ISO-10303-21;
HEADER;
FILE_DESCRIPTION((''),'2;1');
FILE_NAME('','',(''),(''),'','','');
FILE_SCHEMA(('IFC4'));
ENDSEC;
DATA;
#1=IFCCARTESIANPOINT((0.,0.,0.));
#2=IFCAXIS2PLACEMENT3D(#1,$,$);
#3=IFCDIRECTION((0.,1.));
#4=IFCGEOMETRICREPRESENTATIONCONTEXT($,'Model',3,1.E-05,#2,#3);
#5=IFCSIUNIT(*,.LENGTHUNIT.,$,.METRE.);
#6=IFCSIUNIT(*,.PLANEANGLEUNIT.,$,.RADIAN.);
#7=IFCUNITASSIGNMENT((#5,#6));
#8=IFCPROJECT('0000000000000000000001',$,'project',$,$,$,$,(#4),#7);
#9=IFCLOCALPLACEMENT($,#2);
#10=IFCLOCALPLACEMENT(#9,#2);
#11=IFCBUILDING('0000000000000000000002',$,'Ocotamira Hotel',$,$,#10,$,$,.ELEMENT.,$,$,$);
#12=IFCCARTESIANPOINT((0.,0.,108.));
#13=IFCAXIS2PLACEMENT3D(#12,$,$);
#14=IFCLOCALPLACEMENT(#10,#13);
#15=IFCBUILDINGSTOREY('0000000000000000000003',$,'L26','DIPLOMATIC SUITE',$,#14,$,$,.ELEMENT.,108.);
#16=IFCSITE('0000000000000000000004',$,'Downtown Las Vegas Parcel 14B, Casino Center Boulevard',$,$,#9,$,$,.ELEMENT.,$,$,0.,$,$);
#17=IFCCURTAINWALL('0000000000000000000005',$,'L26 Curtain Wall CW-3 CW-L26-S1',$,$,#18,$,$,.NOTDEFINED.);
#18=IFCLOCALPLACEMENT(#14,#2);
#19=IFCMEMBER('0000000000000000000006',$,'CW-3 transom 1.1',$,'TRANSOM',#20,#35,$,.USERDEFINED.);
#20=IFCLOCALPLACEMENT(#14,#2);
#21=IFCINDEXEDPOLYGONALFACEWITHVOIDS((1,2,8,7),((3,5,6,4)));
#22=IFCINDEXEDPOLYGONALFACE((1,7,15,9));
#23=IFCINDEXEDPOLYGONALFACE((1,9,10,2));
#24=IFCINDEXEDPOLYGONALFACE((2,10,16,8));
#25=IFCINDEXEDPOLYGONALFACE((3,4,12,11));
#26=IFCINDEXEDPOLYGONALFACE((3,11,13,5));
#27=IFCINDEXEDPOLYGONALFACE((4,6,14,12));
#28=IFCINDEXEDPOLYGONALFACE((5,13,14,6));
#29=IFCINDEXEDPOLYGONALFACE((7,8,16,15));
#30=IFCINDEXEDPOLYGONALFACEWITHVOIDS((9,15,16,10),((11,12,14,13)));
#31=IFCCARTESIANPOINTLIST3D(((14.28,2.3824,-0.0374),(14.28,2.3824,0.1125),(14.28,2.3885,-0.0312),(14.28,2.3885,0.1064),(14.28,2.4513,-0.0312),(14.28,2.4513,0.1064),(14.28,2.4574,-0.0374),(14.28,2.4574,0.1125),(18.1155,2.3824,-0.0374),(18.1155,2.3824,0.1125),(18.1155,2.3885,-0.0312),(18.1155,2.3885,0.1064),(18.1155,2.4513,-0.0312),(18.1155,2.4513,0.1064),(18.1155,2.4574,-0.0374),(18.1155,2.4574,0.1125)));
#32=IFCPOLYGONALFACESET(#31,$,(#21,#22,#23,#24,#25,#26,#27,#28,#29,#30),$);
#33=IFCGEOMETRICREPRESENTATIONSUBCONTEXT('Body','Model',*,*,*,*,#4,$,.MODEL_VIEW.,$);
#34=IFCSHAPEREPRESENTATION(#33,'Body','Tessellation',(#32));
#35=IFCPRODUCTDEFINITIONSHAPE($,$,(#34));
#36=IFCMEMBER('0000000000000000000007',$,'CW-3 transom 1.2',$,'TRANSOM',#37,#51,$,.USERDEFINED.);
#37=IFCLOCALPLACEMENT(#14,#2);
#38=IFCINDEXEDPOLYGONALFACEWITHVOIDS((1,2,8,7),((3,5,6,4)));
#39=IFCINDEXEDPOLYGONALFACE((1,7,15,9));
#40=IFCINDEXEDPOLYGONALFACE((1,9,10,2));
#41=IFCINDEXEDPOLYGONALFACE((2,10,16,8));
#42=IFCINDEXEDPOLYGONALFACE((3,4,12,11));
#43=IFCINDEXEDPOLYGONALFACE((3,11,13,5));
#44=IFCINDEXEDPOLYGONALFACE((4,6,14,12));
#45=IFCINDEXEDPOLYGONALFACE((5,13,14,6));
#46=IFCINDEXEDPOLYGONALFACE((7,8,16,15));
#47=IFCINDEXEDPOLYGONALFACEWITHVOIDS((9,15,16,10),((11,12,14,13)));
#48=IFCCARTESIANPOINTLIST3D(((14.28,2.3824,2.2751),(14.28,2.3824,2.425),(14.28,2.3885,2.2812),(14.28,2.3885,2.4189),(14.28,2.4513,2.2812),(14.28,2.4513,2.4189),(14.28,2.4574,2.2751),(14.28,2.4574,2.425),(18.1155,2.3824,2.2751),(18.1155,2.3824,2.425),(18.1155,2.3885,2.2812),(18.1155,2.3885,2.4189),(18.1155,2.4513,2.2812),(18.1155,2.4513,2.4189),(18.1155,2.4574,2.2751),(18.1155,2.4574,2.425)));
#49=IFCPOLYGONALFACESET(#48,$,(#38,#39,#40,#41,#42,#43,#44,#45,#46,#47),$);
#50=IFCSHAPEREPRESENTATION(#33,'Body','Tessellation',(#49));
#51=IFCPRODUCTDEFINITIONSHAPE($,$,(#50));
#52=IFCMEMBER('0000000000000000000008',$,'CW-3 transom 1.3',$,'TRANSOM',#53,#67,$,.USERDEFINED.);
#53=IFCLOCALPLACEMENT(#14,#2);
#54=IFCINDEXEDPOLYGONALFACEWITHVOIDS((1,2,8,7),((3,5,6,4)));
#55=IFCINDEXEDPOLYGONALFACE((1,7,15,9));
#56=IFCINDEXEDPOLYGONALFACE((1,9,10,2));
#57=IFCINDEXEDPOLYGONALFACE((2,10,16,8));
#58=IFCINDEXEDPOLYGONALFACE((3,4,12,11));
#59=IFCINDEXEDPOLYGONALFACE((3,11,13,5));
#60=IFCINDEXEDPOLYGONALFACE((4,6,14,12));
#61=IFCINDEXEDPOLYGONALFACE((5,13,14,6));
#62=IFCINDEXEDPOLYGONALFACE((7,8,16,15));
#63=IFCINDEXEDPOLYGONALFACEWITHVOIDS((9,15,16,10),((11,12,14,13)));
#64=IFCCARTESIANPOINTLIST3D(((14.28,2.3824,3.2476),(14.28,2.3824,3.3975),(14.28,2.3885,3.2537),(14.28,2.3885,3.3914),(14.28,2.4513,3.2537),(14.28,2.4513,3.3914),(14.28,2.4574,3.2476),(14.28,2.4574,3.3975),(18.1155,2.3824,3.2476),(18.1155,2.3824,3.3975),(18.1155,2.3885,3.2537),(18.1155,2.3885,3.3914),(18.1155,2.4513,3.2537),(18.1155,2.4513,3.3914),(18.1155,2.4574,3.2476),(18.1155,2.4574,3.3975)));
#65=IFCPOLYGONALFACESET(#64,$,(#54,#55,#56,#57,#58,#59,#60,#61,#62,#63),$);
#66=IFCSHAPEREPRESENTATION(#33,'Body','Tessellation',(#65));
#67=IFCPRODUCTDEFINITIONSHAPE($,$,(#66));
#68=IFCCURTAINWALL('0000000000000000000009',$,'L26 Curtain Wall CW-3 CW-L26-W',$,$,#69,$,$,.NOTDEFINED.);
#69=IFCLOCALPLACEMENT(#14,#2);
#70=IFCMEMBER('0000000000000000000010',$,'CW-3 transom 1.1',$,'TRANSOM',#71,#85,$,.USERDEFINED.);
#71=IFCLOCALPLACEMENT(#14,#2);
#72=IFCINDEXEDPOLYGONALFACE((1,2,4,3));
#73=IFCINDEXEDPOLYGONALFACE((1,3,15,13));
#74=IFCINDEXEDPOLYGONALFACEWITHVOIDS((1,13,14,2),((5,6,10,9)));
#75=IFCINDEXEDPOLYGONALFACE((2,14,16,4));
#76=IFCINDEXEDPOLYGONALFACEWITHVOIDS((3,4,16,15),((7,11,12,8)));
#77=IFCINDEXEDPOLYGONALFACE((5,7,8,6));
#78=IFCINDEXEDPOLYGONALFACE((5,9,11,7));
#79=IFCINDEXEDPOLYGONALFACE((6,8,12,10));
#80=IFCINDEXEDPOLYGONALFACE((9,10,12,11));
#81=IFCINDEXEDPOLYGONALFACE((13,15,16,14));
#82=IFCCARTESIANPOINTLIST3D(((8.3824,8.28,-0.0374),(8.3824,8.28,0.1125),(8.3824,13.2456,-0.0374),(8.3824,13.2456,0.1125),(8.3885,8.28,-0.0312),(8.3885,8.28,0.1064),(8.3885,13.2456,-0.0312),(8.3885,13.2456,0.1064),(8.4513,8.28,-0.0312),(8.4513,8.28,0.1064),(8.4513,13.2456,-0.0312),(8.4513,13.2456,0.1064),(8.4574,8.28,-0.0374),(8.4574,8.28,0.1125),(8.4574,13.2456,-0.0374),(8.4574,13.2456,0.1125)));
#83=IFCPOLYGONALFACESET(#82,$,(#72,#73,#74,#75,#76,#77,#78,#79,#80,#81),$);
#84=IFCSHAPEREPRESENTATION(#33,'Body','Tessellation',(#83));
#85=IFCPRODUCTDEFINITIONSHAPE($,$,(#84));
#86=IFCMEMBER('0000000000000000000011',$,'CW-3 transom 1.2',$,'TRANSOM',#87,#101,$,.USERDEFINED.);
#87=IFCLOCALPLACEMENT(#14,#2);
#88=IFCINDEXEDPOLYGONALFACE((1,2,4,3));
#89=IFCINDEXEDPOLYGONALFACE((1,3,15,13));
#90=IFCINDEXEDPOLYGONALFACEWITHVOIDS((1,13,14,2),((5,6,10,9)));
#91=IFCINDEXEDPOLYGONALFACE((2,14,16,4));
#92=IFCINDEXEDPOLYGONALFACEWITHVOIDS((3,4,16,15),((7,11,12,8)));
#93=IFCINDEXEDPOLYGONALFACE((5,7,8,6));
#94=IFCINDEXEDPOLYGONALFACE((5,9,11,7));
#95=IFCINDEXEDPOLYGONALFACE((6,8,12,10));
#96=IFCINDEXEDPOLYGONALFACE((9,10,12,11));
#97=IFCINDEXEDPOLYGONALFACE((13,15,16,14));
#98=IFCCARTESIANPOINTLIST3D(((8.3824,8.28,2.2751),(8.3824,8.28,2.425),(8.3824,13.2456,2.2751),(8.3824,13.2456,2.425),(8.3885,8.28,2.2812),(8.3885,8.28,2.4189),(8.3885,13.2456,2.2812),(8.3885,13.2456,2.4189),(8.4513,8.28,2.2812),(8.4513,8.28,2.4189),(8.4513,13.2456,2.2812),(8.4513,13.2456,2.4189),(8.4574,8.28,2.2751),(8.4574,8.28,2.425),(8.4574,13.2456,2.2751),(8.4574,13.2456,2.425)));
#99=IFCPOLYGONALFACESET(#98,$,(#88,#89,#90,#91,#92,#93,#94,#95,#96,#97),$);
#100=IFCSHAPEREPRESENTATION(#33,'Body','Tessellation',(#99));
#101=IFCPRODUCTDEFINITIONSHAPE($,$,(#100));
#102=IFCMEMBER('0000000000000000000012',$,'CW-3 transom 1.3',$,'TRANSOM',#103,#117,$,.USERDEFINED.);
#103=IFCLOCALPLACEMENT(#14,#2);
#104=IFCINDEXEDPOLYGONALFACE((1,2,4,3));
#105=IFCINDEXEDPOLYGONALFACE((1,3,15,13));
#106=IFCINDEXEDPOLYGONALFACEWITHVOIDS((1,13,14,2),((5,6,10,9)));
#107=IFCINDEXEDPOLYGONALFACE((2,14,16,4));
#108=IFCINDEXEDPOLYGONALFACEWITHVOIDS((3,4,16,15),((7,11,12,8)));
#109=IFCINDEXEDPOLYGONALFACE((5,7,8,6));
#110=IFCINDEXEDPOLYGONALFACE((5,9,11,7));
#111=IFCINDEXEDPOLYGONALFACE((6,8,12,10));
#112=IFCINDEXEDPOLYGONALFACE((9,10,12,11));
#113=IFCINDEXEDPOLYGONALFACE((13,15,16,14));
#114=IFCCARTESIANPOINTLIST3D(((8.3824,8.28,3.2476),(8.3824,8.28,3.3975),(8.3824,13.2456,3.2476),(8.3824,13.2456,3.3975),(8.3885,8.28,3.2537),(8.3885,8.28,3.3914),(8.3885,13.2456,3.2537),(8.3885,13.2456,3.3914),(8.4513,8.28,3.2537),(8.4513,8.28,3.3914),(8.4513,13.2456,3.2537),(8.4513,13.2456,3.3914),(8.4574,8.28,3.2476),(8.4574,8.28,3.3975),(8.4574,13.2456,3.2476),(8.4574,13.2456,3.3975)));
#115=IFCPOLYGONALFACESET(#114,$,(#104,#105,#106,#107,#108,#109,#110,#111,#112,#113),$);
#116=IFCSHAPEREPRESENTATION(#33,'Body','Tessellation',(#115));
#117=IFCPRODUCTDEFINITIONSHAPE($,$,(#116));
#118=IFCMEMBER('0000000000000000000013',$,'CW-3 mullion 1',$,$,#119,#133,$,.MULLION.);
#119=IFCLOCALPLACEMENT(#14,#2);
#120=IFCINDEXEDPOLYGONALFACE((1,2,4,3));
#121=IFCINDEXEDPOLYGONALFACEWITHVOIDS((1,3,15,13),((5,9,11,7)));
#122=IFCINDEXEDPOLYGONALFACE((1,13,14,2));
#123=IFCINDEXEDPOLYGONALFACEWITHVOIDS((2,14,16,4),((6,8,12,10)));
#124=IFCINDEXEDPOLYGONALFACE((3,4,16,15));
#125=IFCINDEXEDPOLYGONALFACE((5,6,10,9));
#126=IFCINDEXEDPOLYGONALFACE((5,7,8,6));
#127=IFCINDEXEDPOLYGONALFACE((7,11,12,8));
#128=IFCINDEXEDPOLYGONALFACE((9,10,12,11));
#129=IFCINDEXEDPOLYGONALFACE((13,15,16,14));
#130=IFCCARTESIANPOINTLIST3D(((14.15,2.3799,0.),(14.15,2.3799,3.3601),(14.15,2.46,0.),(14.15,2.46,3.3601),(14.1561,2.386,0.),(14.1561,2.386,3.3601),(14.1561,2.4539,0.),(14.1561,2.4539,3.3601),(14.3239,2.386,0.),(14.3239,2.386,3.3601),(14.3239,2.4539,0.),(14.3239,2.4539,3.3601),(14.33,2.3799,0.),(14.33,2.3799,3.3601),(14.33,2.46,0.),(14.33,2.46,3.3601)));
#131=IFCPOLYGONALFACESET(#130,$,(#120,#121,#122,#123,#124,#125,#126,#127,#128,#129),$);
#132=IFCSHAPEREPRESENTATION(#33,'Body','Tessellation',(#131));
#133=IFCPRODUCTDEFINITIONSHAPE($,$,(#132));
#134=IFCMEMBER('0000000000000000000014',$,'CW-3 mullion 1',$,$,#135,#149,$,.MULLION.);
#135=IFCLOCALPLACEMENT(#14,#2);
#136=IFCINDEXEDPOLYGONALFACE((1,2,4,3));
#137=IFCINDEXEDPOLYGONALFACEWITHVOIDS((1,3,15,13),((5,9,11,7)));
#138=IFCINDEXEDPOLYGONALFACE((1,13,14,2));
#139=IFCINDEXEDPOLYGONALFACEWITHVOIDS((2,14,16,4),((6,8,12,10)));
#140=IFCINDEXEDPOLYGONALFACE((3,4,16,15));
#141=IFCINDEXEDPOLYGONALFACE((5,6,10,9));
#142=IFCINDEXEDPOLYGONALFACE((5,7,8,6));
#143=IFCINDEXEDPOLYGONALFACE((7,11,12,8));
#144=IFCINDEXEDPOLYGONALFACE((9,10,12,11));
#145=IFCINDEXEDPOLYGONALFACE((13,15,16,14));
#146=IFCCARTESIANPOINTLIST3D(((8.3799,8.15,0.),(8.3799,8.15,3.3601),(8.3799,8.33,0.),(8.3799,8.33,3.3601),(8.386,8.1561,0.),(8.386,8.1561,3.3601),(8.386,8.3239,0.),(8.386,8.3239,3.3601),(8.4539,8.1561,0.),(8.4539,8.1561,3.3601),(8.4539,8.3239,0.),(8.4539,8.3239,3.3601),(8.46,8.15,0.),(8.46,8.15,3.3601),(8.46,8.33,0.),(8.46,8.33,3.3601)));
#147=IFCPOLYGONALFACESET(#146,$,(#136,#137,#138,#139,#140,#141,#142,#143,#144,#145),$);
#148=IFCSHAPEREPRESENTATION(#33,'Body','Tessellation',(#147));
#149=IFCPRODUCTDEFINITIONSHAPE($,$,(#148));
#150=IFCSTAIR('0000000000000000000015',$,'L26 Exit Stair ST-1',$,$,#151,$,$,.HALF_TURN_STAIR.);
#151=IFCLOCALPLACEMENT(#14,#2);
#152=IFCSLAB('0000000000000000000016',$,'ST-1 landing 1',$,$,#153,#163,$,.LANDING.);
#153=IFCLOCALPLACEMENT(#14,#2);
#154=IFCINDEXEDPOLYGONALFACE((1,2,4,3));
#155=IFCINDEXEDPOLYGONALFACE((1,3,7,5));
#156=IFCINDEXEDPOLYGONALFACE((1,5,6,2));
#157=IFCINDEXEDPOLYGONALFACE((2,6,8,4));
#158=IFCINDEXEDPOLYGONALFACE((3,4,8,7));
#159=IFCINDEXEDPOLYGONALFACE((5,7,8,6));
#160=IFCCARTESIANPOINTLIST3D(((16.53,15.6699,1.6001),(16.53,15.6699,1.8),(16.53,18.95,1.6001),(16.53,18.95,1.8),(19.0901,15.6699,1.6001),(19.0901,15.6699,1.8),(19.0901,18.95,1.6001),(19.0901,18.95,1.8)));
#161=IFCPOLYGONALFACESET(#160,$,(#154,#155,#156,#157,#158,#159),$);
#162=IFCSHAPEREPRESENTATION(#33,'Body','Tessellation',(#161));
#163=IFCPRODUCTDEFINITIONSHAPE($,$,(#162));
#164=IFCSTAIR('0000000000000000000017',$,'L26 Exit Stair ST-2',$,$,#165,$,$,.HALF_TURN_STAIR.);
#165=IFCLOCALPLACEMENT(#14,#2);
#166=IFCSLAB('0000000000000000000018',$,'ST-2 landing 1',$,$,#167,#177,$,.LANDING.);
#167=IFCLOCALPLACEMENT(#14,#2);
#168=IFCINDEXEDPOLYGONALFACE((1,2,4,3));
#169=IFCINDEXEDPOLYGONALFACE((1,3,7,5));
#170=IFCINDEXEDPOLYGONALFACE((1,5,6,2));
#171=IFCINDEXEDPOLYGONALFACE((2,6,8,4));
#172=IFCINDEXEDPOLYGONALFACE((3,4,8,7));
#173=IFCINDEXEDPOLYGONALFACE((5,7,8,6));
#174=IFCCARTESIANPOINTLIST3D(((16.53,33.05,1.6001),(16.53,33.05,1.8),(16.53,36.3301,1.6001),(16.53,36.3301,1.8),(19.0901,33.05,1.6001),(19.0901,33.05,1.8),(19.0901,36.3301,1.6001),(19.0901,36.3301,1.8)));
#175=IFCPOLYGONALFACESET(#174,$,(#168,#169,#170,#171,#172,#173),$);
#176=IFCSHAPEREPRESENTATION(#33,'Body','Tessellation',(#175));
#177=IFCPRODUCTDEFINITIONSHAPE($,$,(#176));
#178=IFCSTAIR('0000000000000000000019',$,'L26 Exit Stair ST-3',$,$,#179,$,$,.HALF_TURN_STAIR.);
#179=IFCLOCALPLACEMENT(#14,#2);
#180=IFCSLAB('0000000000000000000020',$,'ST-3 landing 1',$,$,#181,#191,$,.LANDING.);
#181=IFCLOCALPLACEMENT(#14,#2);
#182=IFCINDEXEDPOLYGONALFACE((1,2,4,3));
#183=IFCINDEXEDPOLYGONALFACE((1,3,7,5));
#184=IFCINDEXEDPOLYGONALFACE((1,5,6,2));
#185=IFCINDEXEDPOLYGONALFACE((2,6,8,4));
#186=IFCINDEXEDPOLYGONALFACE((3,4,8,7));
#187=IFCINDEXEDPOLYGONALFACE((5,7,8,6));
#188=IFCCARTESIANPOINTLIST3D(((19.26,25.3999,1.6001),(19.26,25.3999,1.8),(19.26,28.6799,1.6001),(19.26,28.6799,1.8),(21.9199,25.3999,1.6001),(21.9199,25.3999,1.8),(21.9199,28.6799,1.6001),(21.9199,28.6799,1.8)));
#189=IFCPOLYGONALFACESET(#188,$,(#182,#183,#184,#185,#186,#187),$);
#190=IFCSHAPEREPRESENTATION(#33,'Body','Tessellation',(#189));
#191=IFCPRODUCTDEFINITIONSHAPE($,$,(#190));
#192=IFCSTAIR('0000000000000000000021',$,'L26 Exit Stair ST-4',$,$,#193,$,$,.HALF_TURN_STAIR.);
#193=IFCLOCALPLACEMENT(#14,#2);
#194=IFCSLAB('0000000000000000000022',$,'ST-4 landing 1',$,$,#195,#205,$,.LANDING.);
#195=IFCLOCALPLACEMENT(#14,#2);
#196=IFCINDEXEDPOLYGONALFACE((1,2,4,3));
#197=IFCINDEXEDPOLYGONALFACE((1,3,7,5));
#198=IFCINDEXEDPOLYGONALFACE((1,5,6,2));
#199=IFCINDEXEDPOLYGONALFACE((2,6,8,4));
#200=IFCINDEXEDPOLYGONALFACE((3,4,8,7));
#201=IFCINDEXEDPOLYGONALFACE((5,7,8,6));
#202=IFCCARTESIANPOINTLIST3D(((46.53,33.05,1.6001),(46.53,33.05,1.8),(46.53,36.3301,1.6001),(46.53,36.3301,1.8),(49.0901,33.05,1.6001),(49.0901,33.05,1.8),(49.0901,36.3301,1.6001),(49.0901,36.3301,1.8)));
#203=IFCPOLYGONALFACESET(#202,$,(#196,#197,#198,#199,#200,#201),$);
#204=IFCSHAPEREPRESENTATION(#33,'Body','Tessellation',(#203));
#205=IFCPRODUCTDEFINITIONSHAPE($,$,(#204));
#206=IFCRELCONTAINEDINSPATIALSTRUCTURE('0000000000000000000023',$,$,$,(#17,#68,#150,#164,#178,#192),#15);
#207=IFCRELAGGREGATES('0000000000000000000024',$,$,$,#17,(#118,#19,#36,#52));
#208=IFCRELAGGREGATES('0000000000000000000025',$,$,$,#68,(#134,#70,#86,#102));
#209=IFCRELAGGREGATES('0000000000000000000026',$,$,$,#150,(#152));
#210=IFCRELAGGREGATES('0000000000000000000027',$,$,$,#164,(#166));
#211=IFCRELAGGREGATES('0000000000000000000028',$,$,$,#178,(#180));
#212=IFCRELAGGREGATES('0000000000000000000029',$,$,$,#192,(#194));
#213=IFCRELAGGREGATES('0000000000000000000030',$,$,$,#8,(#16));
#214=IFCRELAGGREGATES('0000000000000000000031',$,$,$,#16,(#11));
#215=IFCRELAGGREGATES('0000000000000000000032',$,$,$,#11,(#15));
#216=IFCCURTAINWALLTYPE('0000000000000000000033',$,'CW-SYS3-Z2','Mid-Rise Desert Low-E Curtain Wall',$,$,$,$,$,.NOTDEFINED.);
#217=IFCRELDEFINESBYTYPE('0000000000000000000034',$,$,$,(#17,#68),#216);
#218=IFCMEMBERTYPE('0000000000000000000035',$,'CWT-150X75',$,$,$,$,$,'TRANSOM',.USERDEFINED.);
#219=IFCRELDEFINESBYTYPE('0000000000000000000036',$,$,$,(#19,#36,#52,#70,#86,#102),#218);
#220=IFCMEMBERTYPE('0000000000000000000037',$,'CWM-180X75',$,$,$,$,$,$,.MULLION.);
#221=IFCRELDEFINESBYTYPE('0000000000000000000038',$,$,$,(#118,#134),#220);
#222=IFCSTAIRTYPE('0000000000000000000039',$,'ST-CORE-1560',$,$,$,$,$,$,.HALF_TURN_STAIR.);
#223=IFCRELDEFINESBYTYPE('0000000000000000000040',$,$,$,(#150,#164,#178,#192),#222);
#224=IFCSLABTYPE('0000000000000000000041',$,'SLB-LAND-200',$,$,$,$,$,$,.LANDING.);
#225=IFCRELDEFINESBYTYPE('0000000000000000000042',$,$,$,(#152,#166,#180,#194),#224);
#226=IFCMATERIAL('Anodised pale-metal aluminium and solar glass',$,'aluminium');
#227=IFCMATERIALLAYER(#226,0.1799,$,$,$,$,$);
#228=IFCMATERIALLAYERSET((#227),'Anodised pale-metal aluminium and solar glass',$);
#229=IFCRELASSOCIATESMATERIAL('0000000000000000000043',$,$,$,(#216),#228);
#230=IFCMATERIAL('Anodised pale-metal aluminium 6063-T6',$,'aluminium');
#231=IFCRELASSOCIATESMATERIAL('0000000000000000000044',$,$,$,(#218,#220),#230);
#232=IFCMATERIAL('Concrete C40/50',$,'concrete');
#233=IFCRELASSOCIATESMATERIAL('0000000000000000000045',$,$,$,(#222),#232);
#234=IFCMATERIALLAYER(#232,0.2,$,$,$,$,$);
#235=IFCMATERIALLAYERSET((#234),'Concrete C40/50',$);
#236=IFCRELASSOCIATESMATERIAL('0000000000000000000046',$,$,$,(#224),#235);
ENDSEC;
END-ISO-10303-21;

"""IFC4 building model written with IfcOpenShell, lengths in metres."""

from ifc_helpers import new_model, si_unit, direction, frame, origin, origin_2d, place, context, subcontext, project, spatial, polyline, hollow_rectangle, outline, extrude, source, transform, mapped, material, layer, layer_set, material_profile, profile_set, type_object, element, aggregate, save


model = new_model("IFC4")

# Units and contexts
model_context = context("Model", 3, precision=1e-05, world=origin(), true_north=direction((0.0, 1.0)))
body_context = subcontext(model_context, "Body", "Model", "MODEL_VIEW")
ifc_project = project(units=[si_unit("LENGTHUNIT", "METRE"), si_unit("PLANEANGLEUNIT", "RADIAN")], contexts=[model_context])

# Site, building, storey
site_placement = place(None, origin())
site = spatial("IfcSite", under=ifc_project, at=site_placement, Name="Downtown Las Vegas Parcel 14B, Casino Center Boulevard", CompositionType="ELEMENT", RefElevation=0.0)
building_placement = place(site_placement, origin())
building = spatial("IfcBuilding", under=site, at=building_placement, Name="Ocotamira Hotel", CompositionType="ELEMENT")
storey_placement = place(building_placement, frame((0.0, 0.0, 108.0)))
storey = spatial("IfcBuildingStorey", under=building, at=storey_placement, Name="L26", Description="DIPLOMATIC SUITE", CompositionType="ELEMENT", Elevation=108.0)

# Curtain walls, members
ifc_material_1 = material(Name="Anodised pale-metal aluminium and solar glass", Category="aluminium")
ifc_layer_1 = layer(ifc_material_1, 0.1799)
ifc_layer_set_1 = layer_set([ifc_layer_1], Name="Anodised pale-metal aluminium and solar glass")
curtain_wall_type = type_object("IfcCurtainWallType", Name="CW-SYS3-Z2", Description="Mid-Rise Desert Low-E Curtain Wall", PredefinedType="NOTDEFINED", material=ifc_layer_set_1)
curtain_wall_1_placement = place(storey_placement, origin())
curtain_wall_1 = element("IfcCurtainWall", 1, at=curtain_wall_1_placement, inside=storey, type_object=curtain_wall_type, Name="L26 Curtain Wall CW-3 CW-L26-S1", PredefinedType="NOTDEFINED")
ifc_material_2 = material(Name="Anodised pale-metal aluminium 6063-T6", Category="aluminium")
ifc_material_profile_1 = material_profile(ifc_material_2, hollow_rectangle(XDim=0.075, YDim=0.1499, WallThickness=0.0061, at=origin_2d()), Name="HSS150X75X6")
ifc_profile_set_1 = profile_set([ifc_material_profile_1], Name="Anodised pale-metal aluminium 6063-T6")
member_type_1 = type_object("IfcMemberType", Name="CWT-150X75", ElementType="TRANSOM", PredefinedType="USERDEFINED", material=ifc_profile_set_1)
shared_shape_1 = source(origin(), body_context, "Body", "SweptSolid", [
    extrude(hollow_rectangle(XDim=0.075, YDim=0.1499, WallThickness=0.0061, at=origin_2d()), origin(), (0.0, 0.0, 1.0), 3.8354),
])
member_1_placement = place(storey_placement, frame((14.28, 2.4199, 0.0376), z_axis=(1.0, 0.0, 0.0), x_axis=(0.0, 1.0, 0.0)))
member_1 = element("IfcMember", 2, at=member_1_placement, type_object=member_type_1, Name="CW-3 transom 1.1", ObjectType="TRANSOM", PredefinedType="USERDEFINED", context=body_context, shape_type="MappedRepresentation", body=[
    mapped(shared_shape_1, transform((0.0, 0.0, 0.0), scale=1.0)),
])
member_2_placement = place(storey_placement, frame((14.28, 2.4199, 2.3501), z_axis=(1.0, 0.0, 0.0), x_axis=(0.0, 1.0, 0.0)))
member_2 = element("IfcMember", 3, at=member_2_placement, type_object=member_type_1, Name="CW-3 transom 1.2", ObjectType="TRANSOM", PredefinedType="USERDEFINED", context=body_context, shape_type="MappedRepresentation", body=[
    mapped(shared_shape_1, transform((0.0, 0.0, 0.0), scale=1.0)),
])
member_3_placement = place(storey_placement, frame((14.28, 2.4199, 3.3225), z_axis=(1.0, 0.0, 0.0), x_axis=(0.0, 1.0, 0.0)))
member_3 = element("IfcMember", 4, at=member_3_placement, type_object=member_type_1, Name="CW-3 transom 1.3", ObjectType="TRANSOM", PredefinedType="USERDEFINED", context=body_context, shape_type="MappedRepresentation", body=[
    mapped(shared_shape_1, transform((0.0, 0.0, 0.0), scale=1.0)),
])
curtain_wall_2_placement = place(storey_placement, origin())
curtain_wall_2 = element("IfcCurtainWall", 5, at=curtain_wall_2_placement, inside=storey, type_object=curtain_wall_type, Name="L26 Curtain Wall CW-3 CW-L26-W", PredefinedType="NOTDEFINED")
shared_shape_2 = source(origin(), body_context, "Body", "SweptSolid", [
    extrude(hollow_rectangle(XDim=0.075, YDim=0.1499, WallThickness=0.0061, at=origin_2d()), origin(), (0.0, 0.0, 1.0), 4.9656),
])
member_4_placement = place(storey_placement, frame((8.4199, 8.28, 0.0376), z_axis=(0.0, 1.0, 0.0), x_axis=(-1.0, 0.0, 0.0)))
member_4 = element("IfcMember", 6, at=member_4_placement, type_object=member_type_1, Name="CW-3 transom 1.1", ObjectType="TRANSOM", PredefinedType="USERDEFINED", context=body_context, shape_type="MappedRepresentation", body=[
    mapped(shared_shape_2, transform((0.0, 0.0, 0.0), scale=1.0)),
])
member_5_placement = place(storey_placement, frame((8.4199, 8.28, 2.3501), z_axis=(0.0, 1.0, 0.0), x_axis=(-1.0, 0.0, 0.0)))
member_5 = element("IfcMember", 7, at=member_5_placement, type_object=member_type_1, Name="CW-3 transom 1.2", ObjectType="TRANSOM", PredefinedType="USERDEFINED", context=body_context, shape_type="MappedRepresentation", body=[
    mapped(shared_shape_2, transform((0.0, 0.0, 0.0), scale=1.0)),
])
member_6_placement = place(storey_placement, frame((8.4199, 8.28, 3.3225), z_axis=(0.0, 1.0, 0.0), x_axis=(-1.0, 0.0, 0.0)))
member_6 = element("IfcMember", 8, at=member_6_placement, type_object=member_type_1, Name="CW-3 transom 1.3", ObjectType="TRANSOM", PredefinedType="USERDEFINED", context=body_context, shape_type="MappedRepresentation", body=[
    mapped(shared_shape_2, transform((0.0, 0.0, 0.0), scale=1.0)),
])

# Members
ifc_material_profile_2 = material_profile(ifc_material_2, hollow_rectangle(XDim=0.0801, YDim=0.1799, WallThickness=0.0061, at=origin_2d()), Name="HSS180X80X6")
ifc_profile_set_2 = profile_set([ifc_material_profile_2], Name="Anodised pale-metal aluminium 6063-T6")
member_type_2 = type_object("IfcMemberType", Name="CWM-180X75", PredefinedType="MULLION", material=ifc_profile_set_2)
shared_shape_3 = source(origin(), body_context, "Body", "SweptSolid", [
    extrude(hollow_rectangle(XDim=0.0801, YDim=0.1799, WallThickness=0.0061, at=origin_2d()), origin(), (0.0, 0.0, 1.0), 3.3601),
])
member_7_placement = place(storey_placement, frame((14.24, 2.4199, 0.0), z_axis=(0.0, 0.0, 1.0), x_axis=(0.0, 1.0, 0.0)))
member_7 = element("IfcMember", 9, at=member_7_placement, type_object=member_type_2, Name="CW-3 mullion 1", PredefinedType="MULLION", context=body_context, shape_type="MappedRepresentation", body=[
    mapped(shared_shape_3, transform((0.0, 0.0, 0.0), scale=1.0)),
])
aggregate(curtain_wall_1, [member_7, member_1, member_2, member_3])
member_8_placement = place(storey_placement, frame((8.4199, 8.24, 0.0), z_axis=(0.0, 0.0, 1.0), x_axis=(-1.0, 0.0, 0.0)))
member_8 = element("IfcMember", 10, at=member_8_placement, type_object=member_type_2, Name="CW-3 mullion 1", PredefinedType="MULLION", context=body_context, shape_type="MappedRepresentation", body=[
    mapped(shared_shape_3, transform((0.0, 0.0, 0.0), scale=1.0)),
])
aggregate(curtain_wall_2, [member_8, member_4, member_5, member_6])

# Stairs, slabs
ifc_material_3 = material(Name="Concrete C40/50", Category="concrete")
stair_type = type_object("IfcStairType", Name="ST-CORE-1560", PredefinedType="HALF_TURN_STAIR", material=ifc_material_3)
stair_1_placement = place(storey_placement, origin())
stair_1 = element("IfcStair", 11, at=stair_1_placement, inside=storey, type_object=stair_type, Name="L26 Exit Stair ST-1", PredefinedType="HALF_TURN_STAIR")
ifc_layer_2 = layer(ifc_material_3, 0.2)
ifc_layer_set_2 = layer_set([ifc_layer_2], Name="Concrete C40/50")
slab_type_1 = type_object("IfcSlabType", Name="SLB-LAND-200", PredefinedType="LANDING", material=ifc_layer_set_2)
slab_1_placement = place(storey_placement, frame((0.0, 0.0, 1.6001)))
slab_1 = element("IfcSlab", 12, at=slab_1_placement, type_object=slab_type_1, Name="ST-1 landing 1", PredefinedType="LANDING", context=body_context, shape_type="SweptSolid", body=[
    extrude(outline(polyline([(16.53, 15.6699), (19.0901, 15.6699), (19.0901, 18.95), (16.53, 18.95), (16.53, 15.6699)])), origin(), (0.0, 0.0, 1.0), 0.2),
])
aggregate(stair_1, [slab_1])
stair_2_placement = place(storey_placement, origin())
stair_2 = element("IfcStair", 13, at=stair_2_placement, inside=storey, type_object=stair_type, Name="L26 Exit Stair ST-2", PredefinedType="HALF_TURN_STAIR")
slab_2_placement = place(storey_placement, frame((0.0, 0.0, 1.6001)))
slab_2 = element("IfcSlab", 14, at=slab_2_placement, type_object=slab_type_1, Name="ST-2 landing 1", PredefinedType="LANDING", context=body_context, shape_type="SweptSolid", body=[
    extrude(outline(polyline([(16.53, 33.05), (19.0901, 33.05), (19.0901, 36.3301), (16.53, 36.3301), (16.53, 33.05)])), origin(), (0.0, 0.0, 1.0), 0.2),
])
aggregate(stair_2, [slab_2])
stair_3_placement = place(storey_placement, origin())
stair_3 = element("IfcStair", 15, at=stair_3_placement, inside=storey, type_object=stair_type, Name="L26 Exit Stair ST-3", PredefinedType="HALF_TURN_STAIR")
slab_3_placement = place(storey_placement, frame((0.0, 0.0, 1.6001)))
slab_3 = element("IfcSlab", 16, at=slab_3_placement, type_object=slab_type_1, Name="ST-3 landing 1", PredefinedType="LANDING", context=body_context, shape_type="SweptSolid", body=[
    extrude(outline(polyline([(19.26, 25.3999), (21.9199, 25.3999), (21.9199, 28.6799), (19.26, 28.6799), (19.26, 25.3999)])), origin(), (0.0, 0.0, 1.0), 0.2),
])
aggregate(stair_3, [slab_3])
stair_4_placement = place(storey_placement, origin())
stair_4 = element("IfcStair", 17, at=stair_4_placement, inside=storey, type_object=stair_type, Name="L26 Exit Stair ST-4", PredefinedType="HALF_TURN_STAIR")
slab_4_placement = place(storey_placement, frame((0.0, 0.0, 1.6001)))
slab_4 = element("IfcSlab", 18, at=slab_4_placement, type_object=slab_type_1, Name="ST-4 landing 1", PredefinedType="LANDING", context=body_context, shape_type="SweptSolid", body=[
    extrude(outline(polyline([(46.53, 33.05), (49.0901, 33.05), (49.0901, 36.3301), (46.53, 36.3301), (46.53, 33.05)])), origin(), (0.0, 0.0, 1.0), 0.2),
])
aggregate(stair_4, [slab_4])

save(model, "model.ifc")
